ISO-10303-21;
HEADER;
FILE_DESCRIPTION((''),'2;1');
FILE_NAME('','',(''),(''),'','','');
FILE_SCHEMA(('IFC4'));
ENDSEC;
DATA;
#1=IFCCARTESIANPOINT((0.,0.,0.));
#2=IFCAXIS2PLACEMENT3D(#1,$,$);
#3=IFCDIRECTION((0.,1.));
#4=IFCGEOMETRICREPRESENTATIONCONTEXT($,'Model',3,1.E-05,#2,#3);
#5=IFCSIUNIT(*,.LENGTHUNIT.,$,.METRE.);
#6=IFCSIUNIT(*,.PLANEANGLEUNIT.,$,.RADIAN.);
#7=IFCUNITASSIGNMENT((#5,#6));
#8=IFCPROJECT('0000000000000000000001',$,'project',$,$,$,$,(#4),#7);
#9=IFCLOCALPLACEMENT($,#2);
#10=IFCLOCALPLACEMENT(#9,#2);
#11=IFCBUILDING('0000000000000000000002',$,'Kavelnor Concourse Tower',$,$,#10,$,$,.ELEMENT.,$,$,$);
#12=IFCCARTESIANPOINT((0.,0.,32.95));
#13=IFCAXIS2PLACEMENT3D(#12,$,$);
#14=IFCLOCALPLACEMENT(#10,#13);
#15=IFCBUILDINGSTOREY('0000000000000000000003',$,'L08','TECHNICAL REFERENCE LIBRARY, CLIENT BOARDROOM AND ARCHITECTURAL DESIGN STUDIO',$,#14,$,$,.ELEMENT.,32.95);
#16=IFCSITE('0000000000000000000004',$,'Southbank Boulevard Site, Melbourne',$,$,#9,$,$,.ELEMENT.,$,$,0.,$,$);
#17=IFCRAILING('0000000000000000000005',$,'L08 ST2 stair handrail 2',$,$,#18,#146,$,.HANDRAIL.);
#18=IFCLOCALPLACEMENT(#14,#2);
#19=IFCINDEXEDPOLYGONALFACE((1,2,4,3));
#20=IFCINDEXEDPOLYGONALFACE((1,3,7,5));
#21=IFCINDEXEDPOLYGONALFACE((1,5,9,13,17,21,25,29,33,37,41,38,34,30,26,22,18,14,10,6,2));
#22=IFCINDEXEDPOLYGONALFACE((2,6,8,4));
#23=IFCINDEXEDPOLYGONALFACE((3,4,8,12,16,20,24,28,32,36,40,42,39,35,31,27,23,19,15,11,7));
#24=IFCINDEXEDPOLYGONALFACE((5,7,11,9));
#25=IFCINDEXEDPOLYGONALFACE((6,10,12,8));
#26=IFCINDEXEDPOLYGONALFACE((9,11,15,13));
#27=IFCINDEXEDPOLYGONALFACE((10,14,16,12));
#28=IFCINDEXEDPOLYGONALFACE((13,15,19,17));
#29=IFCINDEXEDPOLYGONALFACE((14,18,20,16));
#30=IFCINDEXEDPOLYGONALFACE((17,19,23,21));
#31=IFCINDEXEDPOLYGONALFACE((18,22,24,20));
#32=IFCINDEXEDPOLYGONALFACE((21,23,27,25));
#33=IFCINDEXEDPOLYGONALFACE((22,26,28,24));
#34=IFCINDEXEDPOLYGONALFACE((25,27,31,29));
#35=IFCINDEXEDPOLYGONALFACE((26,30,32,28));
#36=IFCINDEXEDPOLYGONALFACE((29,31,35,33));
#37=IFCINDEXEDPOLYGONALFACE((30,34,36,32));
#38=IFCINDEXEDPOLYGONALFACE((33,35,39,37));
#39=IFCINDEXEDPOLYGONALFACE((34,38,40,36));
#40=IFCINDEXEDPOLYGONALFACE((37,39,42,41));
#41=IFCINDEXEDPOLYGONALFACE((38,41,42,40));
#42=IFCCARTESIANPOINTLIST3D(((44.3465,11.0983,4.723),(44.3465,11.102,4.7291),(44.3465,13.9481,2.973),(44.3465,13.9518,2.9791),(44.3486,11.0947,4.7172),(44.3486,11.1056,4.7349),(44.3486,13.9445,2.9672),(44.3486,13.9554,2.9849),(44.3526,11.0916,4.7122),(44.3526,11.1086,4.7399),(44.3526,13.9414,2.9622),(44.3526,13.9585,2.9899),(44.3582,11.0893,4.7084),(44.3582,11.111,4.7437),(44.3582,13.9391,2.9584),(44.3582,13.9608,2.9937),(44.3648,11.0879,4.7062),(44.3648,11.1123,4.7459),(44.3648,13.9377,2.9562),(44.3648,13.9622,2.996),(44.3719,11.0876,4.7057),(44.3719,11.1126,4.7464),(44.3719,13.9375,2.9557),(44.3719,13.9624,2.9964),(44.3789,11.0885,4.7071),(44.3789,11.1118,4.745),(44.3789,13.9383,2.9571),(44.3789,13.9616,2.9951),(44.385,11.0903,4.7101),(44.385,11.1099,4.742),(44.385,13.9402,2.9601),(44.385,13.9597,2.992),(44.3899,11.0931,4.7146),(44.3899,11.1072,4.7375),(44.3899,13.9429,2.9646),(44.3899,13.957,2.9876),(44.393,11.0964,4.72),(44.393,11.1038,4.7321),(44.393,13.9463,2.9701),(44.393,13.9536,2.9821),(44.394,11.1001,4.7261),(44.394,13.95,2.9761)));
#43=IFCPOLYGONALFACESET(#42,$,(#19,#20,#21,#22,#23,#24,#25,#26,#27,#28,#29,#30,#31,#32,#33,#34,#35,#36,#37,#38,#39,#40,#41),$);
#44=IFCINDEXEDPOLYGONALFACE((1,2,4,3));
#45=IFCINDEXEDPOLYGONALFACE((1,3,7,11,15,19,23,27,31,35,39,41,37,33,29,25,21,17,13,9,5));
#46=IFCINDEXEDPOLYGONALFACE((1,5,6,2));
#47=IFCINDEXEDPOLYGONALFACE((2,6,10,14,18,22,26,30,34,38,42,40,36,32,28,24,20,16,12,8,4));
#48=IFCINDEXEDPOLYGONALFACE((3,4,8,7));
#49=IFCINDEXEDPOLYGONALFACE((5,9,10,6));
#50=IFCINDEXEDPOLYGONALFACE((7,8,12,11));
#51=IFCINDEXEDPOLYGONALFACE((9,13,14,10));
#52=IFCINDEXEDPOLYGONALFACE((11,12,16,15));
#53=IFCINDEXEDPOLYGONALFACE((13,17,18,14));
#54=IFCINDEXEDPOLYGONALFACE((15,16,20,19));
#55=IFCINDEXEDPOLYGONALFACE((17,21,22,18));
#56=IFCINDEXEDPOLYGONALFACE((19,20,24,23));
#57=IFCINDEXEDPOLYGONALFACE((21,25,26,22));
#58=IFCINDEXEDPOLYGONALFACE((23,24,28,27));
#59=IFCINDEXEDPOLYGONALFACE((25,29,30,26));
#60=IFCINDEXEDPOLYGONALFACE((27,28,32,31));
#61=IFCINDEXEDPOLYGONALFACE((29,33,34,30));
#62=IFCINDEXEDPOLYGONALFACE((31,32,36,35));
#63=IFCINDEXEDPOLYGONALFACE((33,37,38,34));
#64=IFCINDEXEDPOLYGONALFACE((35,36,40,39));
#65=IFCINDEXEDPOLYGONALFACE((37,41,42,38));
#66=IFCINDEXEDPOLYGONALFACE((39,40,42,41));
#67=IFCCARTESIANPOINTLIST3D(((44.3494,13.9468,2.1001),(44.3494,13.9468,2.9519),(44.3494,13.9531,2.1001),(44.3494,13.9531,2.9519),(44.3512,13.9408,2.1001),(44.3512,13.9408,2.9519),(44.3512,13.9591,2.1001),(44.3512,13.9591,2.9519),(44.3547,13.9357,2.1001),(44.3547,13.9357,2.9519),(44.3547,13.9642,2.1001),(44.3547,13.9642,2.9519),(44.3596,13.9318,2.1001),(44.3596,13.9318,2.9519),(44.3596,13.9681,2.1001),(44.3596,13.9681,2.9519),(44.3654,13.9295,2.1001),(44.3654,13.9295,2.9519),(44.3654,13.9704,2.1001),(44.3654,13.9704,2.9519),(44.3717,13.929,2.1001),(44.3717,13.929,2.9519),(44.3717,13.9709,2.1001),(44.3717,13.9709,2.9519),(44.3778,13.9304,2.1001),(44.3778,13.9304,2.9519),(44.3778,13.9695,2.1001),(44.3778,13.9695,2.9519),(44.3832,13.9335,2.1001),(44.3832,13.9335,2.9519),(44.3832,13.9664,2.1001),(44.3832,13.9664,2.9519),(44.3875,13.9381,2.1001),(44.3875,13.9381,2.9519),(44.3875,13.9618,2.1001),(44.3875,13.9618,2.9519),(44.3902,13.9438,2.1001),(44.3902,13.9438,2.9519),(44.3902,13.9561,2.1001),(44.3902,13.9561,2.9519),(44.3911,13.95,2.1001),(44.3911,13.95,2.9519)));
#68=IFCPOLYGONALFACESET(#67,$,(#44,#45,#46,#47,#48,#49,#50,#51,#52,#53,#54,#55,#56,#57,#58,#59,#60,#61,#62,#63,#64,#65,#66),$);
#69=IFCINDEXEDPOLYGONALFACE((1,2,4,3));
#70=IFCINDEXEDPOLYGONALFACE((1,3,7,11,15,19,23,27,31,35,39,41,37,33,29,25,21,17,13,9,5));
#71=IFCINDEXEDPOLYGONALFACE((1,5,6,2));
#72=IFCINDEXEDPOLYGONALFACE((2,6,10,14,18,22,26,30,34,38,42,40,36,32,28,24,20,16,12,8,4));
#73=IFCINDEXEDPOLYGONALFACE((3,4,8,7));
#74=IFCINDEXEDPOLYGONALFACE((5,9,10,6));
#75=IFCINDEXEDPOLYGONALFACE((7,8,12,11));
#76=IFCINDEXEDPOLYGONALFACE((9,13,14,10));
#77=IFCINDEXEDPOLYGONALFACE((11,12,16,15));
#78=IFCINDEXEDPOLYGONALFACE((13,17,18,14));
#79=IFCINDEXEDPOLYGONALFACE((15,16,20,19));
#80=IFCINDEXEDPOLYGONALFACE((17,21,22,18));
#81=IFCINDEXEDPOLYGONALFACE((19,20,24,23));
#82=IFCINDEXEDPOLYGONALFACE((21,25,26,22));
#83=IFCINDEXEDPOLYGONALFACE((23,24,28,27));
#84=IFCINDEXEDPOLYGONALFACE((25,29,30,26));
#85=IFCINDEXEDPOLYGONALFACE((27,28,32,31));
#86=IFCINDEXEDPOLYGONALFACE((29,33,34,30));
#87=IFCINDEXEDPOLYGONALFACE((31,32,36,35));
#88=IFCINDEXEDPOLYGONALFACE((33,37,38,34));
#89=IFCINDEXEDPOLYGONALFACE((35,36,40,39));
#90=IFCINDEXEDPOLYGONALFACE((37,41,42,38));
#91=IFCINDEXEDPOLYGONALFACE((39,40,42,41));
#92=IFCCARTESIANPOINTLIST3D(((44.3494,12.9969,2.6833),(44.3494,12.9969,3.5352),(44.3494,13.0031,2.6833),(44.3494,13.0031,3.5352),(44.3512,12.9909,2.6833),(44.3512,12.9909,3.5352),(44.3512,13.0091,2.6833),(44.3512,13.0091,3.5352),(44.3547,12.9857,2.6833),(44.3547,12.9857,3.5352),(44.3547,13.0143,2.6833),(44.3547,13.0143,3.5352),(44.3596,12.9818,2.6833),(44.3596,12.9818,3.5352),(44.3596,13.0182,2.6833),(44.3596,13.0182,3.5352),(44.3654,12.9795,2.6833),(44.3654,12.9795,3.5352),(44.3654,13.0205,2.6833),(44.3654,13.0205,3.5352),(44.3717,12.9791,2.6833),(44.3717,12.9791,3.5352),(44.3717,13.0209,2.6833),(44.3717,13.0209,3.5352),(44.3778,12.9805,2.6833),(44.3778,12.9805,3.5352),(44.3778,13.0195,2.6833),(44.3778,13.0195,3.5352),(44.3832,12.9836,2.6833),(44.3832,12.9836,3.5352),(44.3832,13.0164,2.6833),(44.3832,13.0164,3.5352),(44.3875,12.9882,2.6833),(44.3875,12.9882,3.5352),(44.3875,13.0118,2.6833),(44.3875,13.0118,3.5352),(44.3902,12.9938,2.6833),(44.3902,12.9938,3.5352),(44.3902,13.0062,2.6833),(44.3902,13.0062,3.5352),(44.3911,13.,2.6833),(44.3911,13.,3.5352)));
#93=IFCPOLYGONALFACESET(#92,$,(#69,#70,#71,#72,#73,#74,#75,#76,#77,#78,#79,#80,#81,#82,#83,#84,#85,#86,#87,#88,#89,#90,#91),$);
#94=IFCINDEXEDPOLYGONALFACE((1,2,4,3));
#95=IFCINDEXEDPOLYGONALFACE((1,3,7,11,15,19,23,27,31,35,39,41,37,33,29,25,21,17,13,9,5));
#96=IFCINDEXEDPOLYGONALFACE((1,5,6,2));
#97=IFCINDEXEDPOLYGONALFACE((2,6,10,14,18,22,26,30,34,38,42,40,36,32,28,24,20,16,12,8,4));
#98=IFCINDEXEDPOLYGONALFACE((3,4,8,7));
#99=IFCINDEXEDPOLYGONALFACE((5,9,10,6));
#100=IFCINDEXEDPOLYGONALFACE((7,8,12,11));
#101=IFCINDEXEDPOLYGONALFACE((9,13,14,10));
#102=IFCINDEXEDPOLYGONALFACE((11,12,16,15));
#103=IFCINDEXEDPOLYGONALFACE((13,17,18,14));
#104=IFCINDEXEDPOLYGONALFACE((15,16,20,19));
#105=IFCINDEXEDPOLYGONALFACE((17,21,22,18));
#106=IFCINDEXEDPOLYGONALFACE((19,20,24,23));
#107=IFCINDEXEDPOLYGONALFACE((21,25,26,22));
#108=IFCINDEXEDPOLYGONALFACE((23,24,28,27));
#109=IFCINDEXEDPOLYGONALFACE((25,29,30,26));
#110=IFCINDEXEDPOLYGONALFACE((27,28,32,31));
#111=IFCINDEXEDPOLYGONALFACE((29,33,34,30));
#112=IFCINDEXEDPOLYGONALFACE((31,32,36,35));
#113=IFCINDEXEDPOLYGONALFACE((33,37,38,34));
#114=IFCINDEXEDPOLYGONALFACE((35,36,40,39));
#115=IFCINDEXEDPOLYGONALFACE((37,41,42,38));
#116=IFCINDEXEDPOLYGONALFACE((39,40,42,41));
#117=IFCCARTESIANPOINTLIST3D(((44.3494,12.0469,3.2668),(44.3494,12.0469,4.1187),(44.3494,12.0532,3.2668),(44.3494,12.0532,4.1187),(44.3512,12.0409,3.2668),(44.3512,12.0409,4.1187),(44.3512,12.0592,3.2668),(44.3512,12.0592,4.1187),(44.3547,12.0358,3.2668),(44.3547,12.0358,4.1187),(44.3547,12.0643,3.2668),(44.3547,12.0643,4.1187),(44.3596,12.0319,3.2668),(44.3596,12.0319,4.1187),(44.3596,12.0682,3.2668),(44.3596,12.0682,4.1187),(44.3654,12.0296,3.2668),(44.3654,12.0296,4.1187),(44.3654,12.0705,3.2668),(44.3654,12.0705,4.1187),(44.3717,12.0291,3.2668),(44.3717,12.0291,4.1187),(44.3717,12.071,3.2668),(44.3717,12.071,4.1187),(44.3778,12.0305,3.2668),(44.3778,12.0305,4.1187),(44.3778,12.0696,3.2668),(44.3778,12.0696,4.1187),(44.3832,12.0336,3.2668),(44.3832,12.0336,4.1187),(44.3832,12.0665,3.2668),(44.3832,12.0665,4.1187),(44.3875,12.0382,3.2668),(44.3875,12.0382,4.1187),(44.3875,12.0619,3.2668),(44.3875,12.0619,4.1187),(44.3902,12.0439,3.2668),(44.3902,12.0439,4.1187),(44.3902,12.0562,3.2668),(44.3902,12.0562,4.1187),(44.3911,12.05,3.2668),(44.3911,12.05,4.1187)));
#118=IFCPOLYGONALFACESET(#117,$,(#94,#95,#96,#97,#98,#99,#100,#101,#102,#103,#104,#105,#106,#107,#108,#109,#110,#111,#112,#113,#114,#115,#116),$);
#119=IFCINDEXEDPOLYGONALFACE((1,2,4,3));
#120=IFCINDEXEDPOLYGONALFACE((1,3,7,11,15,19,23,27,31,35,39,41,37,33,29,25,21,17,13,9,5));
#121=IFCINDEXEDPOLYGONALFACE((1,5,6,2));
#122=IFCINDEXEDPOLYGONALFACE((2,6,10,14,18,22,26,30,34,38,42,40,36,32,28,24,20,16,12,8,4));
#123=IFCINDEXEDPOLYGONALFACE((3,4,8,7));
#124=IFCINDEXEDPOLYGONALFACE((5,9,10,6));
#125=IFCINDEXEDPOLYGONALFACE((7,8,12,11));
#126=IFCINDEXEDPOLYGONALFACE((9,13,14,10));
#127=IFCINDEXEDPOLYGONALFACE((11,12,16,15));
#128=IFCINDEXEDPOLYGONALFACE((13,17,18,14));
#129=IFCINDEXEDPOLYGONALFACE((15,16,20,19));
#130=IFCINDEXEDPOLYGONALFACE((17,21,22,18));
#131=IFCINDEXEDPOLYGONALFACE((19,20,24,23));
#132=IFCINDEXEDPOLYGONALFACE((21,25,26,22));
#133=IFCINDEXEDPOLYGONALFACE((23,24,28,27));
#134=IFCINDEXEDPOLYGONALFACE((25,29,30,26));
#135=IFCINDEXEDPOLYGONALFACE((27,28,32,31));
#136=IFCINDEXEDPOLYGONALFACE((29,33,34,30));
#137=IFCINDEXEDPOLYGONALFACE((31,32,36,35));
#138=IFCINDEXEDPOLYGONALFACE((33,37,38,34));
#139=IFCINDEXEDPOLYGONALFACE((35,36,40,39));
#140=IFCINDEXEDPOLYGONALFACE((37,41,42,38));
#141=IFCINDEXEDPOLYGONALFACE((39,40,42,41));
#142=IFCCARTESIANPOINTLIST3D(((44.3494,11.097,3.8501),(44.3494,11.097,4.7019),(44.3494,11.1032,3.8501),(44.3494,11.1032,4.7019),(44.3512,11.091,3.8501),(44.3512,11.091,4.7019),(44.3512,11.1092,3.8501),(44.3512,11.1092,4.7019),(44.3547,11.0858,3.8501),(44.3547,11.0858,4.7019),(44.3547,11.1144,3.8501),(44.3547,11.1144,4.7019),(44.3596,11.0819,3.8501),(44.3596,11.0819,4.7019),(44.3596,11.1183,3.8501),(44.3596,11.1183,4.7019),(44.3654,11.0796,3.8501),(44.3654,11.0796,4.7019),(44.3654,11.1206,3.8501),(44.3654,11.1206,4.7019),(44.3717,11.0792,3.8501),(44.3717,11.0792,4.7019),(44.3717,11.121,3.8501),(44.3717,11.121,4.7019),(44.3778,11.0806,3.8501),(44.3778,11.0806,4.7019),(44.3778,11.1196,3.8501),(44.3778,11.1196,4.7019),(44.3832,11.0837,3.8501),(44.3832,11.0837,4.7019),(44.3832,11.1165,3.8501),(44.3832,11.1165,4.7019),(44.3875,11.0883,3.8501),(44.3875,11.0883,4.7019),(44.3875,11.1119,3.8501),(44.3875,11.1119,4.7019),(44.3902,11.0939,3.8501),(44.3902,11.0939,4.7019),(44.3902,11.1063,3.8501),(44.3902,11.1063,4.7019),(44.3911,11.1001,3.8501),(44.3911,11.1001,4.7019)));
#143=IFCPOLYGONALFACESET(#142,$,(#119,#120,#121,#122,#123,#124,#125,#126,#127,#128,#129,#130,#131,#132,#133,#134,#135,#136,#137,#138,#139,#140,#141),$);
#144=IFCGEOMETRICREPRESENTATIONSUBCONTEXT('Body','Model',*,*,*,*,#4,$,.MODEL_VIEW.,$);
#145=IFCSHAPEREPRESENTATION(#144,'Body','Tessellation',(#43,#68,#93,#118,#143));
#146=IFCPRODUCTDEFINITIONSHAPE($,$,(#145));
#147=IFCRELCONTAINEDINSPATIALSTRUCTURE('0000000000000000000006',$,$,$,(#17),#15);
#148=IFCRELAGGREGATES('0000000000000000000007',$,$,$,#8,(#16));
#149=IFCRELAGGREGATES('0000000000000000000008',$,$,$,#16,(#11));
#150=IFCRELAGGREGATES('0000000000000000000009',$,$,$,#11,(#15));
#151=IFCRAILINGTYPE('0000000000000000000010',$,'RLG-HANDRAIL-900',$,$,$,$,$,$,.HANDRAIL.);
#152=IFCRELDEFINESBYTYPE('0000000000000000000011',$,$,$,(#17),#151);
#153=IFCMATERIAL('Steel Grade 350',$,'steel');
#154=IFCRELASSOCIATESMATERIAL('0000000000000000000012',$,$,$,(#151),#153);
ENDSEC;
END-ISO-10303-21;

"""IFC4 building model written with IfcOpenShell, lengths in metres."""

from ifc_helpers import new_model, si_unit, direction, frame, origin, origin_2d, place, context, subcontext, project, spatial, circle, extrude, material, type_object, element, save


model = new_model("IFC4")

# Units and contexts
model_context = context("Model", 3, precision=1e-05, world=origin(), true_north=direction((0.0, 1.0)))
body_context = subcontext(model_context, "Body", "Model", "MODEL_VIEW")
ifc_project = project(units=[si_unit("LENGTHUNIT", "METRE"), si_unit("PLANEANGLEUNIT", "RADIAN")], contexts=[model_context])

# Site, building, storey
site_placement = place(None, origin())
site = spatial("IfcSite", under=ifc_project, at=site_placement, Name="Southbank Boulevard Site, Melbourne", CompositionType="ELEMENT", RefElevation=0.0)
building_placement = place(site_placement, origin())
building = spatial("IfcBuilding", under=site, at=building_placement, Name="Kavelnor Concourse Tower", CompositionType="ELEMENT")
storey_placement = place(building_placement, frame((0.0, 0.0, 32.95)))
storey = spatial("IfcBuildingStorey", under=building, at=storey_placement, Name="L08", Description="TECHNICAL REFERENCE LIBRARY, CLIENT BOARDROOM AND ARCHITECTURAL DESIGN STUDIO", CompositionType="ELEMENT", Elevation=32.95)

# Shared definitions
ifc_material_1 = material(Name="Steel Grade 350", Category="steel")

# Railing
railing_type = type_object("IfcRailingType", Name="RLG-HANDRAIL-900", PredefinedType="HANDRAIL", material=ifc_material_1)
railing_placement = place(storey_placement, frame((44.3701, 13.95, 2.1001)))
element("IfcRailing", 1, at=railing_placement, inside=storey, type_object=railing_type, Name="L08 ST2 stair handrail 2", PredefinedType="HANDRAIL", context=body_context, shape_type="SweptSolid", body=[
    extrude(circle(Radius=0.0239, at=origin_2d()), frame((0.0, 0.0, 0.876), z_axis=(0.0, -0.852159, 0.523283), x_axis=(1.0, 0.0, 0.0)), (0.0, 0.0, 1.0), 3.3442),
    extrude(circle(Radius=0.021, at=origin_2d()), origin(), (0.0, 0.0, 1.0), 0.8518),
    extrude(circle(Radius=0.021, at=origin_2d()), frame((0.0, -0.95, 0.5833)), (0.0, 0.0, 1.0), 0.8518),
    extrude(circle(Radius=0.021, at=origin_2d()), frame((0.0, -1.8999, 1.1667)), (0.0, 0.0, 1.0), 0.8518),
    extrude(circle(Radius=0.021, at=origin_2d()), frame((0.0, -2.8499, 1.75)), (0.0, 0.0, 1.0), 0.8518),
])

save(model, "model.ifc")
